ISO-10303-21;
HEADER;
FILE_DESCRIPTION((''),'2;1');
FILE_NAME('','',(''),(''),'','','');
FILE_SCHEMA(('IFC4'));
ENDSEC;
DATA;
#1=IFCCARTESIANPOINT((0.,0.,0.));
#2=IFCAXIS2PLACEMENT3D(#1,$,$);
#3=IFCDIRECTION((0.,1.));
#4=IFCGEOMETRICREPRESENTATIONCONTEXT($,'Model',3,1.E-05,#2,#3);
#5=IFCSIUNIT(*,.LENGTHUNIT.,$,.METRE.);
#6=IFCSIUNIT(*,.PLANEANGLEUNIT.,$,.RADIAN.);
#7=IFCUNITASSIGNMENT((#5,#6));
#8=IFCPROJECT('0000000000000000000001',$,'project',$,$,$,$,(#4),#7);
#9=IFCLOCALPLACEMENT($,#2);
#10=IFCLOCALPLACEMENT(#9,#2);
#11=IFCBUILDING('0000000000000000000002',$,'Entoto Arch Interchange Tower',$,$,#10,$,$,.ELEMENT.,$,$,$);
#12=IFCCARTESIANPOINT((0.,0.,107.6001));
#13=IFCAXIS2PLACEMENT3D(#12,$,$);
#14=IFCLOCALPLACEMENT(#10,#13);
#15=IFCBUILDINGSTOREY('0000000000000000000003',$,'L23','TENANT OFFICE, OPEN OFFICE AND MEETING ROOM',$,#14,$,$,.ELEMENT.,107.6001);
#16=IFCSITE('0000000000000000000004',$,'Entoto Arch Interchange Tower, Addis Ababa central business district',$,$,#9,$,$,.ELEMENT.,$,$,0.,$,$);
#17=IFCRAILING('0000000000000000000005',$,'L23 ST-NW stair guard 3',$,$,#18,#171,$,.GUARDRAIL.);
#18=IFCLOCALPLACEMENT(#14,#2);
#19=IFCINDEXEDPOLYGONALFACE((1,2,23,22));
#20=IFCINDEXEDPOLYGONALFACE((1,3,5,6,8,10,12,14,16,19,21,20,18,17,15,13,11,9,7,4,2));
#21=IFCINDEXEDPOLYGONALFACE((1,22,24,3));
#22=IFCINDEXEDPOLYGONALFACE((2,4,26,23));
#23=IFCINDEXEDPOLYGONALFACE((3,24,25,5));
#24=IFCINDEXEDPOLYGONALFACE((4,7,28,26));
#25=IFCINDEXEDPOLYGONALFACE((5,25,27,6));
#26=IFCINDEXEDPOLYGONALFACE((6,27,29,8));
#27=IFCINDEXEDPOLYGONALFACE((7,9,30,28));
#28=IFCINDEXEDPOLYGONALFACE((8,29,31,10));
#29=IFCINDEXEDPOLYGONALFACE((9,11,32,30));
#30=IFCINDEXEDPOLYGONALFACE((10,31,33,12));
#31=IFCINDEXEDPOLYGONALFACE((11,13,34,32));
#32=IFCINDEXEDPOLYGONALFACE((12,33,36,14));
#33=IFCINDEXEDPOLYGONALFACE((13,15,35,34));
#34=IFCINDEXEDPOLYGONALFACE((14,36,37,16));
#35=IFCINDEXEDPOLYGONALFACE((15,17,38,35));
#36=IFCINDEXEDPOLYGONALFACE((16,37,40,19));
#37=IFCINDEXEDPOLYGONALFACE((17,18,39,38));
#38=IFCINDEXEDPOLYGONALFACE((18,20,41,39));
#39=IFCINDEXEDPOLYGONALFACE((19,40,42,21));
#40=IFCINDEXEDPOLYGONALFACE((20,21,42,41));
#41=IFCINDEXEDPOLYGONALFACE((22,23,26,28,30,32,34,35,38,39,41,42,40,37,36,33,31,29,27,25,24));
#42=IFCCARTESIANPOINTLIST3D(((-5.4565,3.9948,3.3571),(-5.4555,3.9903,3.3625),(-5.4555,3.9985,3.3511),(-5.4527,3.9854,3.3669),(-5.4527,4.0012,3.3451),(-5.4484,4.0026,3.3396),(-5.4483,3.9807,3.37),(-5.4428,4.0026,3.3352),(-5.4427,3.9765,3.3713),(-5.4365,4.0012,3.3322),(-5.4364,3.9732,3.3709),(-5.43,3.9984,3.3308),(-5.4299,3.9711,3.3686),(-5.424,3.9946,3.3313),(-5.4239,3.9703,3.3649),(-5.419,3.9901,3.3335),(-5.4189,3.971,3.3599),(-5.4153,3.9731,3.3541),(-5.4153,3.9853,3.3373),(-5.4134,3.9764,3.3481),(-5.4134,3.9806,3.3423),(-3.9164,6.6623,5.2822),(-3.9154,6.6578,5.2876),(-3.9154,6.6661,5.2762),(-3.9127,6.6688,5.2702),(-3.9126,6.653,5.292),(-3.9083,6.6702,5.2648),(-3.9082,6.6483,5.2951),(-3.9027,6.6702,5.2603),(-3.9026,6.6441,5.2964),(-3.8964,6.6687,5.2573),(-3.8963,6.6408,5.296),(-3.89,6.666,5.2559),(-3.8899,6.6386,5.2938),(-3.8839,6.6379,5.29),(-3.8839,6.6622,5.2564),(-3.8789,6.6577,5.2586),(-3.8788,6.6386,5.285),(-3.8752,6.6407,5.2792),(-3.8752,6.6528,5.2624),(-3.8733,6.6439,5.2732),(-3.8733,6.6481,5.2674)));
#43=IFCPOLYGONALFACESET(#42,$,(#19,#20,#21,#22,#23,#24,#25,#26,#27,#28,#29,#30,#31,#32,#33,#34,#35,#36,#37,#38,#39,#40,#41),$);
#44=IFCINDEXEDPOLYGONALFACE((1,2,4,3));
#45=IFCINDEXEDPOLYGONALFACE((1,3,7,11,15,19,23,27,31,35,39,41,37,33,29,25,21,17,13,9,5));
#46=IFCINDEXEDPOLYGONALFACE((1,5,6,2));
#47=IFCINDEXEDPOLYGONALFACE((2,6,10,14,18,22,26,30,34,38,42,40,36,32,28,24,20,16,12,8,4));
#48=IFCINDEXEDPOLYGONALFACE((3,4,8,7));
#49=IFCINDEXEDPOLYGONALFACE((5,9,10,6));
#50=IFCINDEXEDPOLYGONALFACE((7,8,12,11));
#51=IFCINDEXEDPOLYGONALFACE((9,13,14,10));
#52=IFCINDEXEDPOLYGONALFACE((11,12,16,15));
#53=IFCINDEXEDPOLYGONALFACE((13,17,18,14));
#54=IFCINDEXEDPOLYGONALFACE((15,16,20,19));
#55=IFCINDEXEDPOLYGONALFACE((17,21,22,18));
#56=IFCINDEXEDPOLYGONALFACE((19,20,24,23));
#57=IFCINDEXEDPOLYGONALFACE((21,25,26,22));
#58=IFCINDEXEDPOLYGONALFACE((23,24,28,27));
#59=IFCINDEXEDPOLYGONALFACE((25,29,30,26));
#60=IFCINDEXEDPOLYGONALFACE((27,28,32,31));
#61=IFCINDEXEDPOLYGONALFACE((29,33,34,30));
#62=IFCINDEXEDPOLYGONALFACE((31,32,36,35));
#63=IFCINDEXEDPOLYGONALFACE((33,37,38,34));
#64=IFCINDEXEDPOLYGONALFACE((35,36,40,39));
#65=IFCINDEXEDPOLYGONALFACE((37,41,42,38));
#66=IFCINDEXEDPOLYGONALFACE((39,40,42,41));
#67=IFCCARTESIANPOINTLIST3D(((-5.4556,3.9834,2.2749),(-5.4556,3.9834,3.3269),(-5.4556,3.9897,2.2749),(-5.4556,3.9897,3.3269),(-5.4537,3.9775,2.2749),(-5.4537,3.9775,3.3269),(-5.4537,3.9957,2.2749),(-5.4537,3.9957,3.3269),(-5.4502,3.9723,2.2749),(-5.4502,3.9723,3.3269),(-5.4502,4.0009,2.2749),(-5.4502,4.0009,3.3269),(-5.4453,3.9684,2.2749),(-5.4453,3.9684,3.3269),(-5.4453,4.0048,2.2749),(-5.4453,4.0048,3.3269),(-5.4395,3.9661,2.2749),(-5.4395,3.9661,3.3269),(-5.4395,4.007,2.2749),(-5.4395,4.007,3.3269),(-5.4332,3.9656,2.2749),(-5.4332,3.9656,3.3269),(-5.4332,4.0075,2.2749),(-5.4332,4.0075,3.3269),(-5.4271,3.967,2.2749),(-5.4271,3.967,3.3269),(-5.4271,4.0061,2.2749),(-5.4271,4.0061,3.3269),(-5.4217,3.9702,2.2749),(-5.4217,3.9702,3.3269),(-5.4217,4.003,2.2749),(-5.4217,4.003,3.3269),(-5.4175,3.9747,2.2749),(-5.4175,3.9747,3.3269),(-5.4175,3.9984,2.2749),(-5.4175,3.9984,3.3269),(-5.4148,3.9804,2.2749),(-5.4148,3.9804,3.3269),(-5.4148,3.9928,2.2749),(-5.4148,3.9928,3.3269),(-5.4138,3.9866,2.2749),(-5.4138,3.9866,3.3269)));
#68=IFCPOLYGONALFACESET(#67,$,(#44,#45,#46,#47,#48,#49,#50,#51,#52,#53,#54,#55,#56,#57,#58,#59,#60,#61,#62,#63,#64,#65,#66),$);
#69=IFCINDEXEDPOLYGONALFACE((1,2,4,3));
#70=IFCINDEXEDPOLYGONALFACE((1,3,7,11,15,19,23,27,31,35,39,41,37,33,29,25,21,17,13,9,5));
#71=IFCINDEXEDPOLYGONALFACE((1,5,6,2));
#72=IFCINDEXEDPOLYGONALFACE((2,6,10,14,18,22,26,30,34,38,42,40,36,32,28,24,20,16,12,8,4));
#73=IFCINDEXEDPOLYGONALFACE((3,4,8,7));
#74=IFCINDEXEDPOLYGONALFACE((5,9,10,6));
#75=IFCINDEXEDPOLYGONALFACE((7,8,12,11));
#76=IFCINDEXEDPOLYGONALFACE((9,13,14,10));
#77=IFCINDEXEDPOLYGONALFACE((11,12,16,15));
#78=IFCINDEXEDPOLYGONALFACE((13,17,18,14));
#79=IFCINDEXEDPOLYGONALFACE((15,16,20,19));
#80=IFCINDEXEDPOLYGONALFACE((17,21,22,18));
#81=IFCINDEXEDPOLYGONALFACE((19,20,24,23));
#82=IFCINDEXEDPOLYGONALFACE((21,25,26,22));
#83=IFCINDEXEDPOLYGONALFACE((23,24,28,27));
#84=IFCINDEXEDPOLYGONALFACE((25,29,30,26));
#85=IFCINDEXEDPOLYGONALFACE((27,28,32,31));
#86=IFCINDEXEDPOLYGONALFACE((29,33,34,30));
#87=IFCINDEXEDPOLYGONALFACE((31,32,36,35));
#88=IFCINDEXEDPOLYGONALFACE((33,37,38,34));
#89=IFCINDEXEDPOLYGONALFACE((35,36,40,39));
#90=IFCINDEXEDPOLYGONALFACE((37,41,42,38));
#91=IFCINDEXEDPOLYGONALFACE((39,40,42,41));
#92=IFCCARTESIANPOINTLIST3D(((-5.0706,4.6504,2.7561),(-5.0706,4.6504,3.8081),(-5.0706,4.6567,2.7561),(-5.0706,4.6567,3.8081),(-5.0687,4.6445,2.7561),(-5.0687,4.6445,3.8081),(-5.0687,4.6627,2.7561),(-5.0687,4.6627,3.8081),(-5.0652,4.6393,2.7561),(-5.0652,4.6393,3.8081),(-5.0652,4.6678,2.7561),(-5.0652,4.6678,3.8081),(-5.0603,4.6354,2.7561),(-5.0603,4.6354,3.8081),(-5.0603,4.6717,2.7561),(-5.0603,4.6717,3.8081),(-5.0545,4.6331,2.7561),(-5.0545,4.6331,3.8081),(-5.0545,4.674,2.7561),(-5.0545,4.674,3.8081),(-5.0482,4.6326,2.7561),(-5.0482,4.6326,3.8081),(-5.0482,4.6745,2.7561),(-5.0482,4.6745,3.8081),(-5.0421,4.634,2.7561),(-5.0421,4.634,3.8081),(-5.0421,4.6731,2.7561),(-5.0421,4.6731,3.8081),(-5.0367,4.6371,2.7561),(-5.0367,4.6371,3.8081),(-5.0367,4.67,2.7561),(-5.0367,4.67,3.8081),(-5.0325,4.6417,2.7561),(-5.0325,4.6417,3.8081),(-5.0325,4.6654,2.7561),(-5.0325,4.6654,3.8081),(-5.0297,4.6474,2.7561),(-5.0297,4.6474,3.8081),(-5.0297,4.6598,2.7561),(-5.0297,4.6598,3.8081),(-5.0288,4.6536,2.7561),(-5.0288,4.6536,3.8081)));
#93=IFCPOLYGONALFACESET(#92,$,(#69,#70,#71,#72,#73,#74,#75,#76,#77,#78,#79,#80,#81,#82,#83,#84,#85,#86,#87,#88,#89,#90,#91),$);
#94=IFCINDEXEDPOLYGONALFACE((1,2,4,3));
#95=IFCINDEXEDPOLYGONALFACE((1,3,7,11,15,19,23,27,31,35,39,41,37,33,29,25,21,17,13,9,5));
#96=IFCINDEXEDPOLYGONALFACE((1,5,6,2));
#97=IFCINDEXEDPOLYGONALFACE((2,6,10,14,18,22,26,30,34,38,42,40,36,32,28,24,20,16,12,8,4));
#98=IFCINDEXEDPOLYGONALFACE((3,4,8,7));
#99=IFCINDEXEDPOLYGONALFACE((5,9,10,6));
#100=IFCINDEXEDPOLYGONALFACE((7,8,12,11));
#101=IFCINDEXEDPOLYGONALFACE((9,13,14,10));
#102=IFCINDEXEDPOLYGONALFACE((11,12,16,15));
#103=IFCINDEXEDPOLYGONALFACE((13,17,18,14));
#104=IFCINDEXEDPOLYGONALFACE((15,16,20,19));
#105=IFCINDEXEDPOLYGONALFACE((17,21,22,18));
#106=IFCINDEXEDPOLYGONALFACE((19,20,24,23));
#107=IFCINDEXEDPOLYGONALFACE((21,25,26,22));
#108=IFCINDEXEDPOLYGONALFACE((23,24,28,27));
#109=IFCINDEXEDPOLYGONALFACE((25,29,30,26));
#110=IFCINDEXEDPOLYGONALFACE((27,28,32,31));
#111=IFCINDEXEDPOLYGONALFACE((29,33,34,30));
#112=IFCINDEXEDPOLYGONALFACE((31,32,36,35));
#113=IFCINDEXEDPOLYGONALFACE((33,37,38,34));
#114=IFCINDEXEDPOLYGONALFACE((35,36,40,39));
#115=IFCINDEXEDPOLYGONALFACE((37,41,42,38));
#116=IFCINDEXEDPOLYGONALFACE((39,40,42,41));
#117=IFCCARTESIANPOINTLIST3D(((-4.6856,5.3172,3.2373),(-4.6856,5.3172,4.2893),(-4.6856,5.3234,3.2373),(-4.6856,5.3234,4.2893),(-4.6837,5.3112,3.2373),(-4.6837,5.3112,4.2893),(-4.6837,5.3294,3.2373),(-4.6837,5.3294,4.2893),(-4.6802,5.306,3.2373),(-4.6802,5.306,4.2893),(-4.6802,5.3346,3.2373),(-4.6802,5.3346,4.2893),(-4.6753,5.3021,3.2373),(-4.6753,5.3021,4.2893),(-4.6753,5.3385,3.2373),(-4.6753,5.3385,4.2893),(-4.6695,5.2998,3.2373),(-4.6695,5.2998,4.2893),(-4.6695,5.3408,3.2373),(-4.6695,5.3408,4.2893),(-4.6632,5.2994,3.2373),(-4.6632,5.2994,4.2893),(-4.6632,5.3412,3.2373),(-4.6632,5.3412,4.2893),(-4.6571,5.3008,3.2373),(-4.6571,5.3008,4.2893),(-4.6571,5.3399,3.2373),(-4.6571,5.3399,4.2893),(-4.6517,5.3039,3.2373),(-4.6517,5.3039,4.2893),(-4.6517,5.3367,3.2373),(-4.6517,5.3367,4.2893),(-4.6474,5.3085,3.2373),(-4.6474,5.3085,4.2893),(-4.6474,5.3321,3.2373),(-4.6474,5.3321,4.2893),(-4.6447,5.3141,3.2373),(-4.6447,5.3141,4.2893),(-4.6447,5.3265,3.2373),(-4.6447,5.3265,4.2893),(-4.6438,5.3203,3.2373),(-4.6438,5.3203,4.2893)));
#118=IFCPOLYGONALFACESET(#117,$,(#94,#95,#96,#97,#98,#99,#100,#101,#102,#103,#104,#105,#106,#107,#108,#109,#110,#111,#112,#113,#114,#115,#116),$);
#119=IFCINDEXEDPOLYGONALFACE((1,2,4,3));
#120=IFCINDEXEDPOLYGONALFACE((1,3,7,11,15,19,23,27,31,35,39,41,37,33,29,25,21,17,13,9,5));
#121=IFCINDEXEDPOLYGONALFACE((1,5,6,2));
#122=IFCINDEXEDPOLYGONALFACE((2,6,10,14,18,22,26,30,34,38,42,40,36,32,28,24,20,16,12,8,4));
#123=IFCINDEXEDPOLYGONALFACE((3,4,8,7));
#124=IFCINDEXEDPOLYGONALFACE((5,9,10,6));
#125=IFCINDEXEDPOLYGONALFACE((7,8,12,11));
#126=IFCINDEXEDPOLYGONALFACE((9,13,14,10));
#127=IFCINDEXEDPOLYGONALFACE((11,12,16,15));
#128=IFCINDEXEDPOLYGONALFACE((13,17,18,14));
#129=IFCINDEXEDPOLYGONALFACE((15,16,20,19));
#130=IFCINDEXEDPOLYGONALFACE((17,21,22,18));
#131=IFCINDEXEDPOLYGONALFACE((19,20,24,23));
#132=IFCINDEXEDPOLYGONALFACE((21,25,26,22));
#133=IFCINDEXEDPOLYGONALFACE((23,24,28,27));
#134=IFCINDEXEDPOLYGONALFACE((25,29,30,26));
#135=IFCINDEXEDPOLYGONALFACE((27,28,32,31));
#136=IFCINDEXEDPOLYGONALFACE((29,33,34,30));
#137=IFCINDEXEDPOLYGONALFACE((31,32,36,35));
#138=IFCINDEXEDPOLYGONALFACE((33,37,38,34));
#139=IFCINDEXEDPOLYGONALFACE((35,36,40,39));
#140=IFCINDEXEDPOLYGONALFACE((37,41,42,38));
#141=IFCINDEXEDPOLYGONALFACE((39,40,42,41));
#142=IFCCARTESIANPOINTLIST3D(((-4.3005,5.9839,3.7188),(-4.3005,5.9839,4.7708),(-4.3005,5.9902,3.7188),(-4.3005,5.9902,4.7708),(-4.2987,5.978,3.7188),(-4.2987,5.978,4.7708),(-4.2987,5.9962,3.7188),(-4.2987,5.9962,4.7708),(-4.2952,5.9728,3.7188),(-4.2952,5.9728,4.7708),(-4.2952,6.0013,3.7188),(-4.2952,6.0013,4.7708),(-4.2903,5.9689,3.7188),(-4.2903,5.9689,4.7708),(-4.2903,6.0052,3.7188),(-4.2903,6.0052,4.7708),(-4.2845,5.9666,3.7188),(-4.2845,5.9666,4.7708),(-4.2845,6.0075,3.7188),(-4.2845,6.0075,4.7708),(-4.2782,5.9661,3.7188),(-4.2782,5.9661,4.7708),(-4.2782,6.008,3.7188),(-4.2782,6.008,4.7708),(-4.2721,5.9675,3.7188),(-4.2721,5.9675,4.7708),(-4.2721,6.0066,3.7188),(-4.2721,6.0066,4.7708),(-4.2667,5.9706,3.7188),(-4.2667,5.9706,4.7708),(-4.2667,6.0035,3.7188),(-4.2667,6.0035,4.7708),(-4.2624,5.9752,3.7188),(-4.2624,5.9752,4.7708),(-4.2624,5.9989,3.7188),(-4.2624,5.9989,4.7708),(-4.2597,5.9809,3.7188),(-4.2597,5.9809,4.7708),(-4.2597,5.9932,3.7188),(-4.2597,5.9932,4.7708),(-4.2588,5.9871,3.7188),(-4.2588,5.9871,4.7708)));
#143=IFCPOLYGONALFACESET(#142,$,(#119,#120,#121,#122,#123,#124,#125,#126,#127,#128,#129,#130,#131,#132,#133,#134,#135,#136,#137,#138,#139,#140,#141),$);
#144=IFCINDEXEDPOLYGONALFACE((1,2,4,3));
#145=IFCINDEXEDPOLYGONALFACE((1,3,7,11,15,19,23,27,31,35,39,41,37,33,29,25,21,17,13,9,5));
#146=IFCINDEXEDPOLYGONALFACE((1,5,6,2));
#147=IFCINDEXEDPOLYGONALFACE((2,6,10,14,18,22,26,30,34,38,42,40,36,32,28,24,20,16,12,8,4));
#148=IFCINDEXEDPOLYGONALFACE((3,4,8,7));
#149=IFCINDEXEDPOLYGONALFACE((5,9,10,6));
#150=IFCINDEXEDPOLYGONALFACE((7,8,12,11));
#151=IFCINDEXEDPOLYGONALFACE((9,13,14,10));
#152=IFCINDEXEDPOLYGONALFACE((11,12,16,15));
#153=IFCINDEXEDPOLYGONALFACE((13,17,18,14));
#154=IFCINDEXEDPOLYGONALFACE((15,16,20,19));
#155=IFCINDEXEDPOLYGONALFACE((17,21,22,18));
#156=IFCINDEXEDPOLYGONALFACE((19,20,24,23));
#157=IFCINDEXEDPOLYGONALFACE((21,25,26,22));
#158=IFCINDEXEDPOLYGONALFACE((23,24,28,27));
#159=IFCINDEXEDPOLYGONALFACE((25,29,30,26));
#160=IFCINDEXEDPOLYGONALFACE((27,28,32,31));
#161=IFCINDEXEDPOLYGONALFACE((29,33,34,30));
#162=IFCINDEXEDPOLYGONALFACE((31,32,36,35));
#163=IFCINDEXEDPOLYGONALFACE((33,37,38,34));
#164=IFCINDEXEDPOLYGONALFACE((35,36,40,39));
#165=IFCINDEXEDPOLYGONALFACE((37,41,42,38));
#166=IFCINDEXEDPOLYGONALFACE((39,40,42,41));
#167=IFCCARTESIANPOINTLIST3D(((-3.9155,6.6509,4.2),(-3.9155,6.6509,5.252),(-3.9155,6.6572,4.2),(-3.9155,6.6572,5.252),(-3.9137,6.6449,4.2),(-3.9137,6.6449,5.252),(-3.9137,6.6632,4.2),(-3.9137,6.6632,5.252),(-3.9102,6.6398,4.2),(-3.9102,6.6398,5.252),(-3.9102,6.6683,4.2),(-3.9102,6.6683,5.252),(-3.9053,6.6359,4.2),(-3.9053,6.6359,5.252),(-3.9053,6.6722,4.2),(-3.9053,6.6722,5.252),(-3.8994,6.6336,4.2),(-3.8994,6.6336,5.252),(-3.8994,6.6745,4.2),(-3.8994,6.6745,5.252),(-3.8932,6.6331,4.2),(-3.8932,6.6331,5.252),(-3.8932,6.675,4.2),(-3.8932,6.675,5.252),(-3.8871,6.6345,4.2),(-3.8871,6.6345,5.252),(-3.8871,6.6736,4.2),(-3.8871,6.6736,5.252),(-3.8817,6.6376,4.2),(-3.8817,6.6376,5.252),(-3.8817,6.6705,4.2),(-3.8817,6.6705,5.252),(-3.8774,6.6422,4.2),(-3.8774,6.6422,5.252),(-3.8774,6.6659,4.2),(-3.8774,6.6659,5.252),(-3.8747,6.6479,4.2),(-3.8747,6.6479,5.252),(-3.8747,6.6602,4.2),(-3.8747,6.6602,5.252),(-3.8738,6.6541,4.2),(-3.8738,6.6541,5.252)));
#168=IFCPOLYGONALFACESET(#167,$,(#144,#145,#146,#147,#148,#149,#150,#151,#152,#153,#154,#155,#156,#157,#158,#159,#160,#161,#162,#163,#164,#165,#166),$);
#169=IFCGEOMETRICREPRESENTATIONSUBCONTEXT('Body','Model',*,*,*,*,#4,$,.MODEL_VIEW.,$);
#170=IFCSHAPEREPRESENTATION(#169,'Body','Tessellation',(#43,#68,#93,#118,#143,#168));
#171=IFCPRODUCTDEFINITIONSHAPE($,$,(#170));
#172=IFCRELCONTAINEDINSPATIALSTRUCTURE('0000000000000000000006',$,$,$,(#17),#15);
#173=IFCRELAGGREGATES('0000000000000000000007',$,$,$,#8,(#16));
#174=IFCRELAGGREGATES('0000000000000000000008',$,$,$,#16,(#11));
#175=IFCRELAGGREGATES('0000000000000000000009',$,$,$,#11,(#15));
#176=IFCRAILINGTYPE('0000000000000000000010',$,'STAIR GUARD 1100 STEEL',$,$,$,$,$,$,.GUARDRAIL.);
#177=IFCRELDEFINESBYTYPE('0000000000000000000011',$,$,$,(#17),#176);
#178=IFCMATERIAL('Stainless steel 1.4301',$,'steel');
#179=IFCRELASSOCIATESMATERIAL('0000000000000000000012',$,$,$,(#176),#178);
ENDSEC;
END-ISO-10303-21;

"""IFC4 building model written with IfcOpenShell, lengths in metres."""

from ifc_helpers import new_model, si_unit, direction, frame, origin, origin_2d, place, context, subcontext, project, spatial, circle, extrude, material, type_object, element, save


model = new_model("IFC4")

# Units and contexts
model_context = context("Model", 3, precision=1e-05, world=origin(), true_north=direction((0.0, 1.0)))
body_context = subcontext(model_context, "Body", "Model", "MODEL_VIEW")
ifc_project = project(units=[si_unit("LENGTHUNIT", "METRE"), si_unit("PLANEANGLEUNIT", "RADIAN")], contexts=[model_context])

# Site, building, storey
site_placement = place(None, origin())
site = spatial("IfcSite", under=ifc_project, at=site_placement, Name="Entoto Arch Interchange Tower, Addis Ababa central business district", CompositionType="ELEMENT", RefElevation=0.0)
building_placement = place(site_placement, origin())
building = spatial("IfcBuilding", under=site, at=building_placement, Name="Entoto Arch Interchange Tower", CompositionType="ELEMENT")
storey_placement = place(building_placement, frame((0.0, 0.0, 107.6001)))
storey = spatial("IfcBuildingStorey", under=building, at=storey_placement, Name="L23", Description="TENANT OFFICE, OPEN OFFICE AND MEETING ROOM", CompositionType="ELEMENT", Elevation=107.6001)

# Railing
ifc_material_1 = material(Name="Stainless steel 1.4301", Category="steel")
railing_type_1 = type_object("IfcRailingType", Name="STAIR GUARD 1100 STEEL", PredefinedType="GUARDRAIL", material=ifc_material_1)
railing_1_placement = place(storey_placement, frame((-5.4348, 3.9866, 2.2749)))
element("IfcRailing", 1, at=railing_1_placement, inside=storey, type_object=railing_type_1, Name="L23 ST-NW stair guard 3", PredefinedType="GUARDRAIL", context=body_context, shape_type="SweptSolid", body=[
    extrude(circle(Radius=0.0239, at=origin_2d()), frame((0.0, 0.0, 1.0762), z_axis=(0.423994, 0.734395, 0.529993), x_axis=(-0.86603, 0.499992, 0.0)), (0.0, 0.0, 1.0), 3.6323),
    extrude(circle(Radius=0.021, at=origin_2d()), origin(), (0.0, 0.0, 1.0), 1.052),
    extrude(circle(Radius=0.021, at=origin_2d()), frame((0.385, 0.667, 0.4812)), (0.0, 0.0, 1.0), 1.052),
    extrude(circle(Radius=0.021, at=origin_2d()), frame((0.77, 1.3337, 0.9624)), (0.0, 0.0, 1.0), 1.052),
    extrude(circle(Radius=0.021, at=origin_2d()), frame((1.155, 2.0005, 1.4438)), (0.0, 0.0, 1.0), 1.052),
    extrude(circle(Radius=0.021, at=origin_2d()), frame((1.54, 2.6675, 1.925)), (0.0, 0.0, 1.0), 1.052),
])

save(model, "model.ifc")
